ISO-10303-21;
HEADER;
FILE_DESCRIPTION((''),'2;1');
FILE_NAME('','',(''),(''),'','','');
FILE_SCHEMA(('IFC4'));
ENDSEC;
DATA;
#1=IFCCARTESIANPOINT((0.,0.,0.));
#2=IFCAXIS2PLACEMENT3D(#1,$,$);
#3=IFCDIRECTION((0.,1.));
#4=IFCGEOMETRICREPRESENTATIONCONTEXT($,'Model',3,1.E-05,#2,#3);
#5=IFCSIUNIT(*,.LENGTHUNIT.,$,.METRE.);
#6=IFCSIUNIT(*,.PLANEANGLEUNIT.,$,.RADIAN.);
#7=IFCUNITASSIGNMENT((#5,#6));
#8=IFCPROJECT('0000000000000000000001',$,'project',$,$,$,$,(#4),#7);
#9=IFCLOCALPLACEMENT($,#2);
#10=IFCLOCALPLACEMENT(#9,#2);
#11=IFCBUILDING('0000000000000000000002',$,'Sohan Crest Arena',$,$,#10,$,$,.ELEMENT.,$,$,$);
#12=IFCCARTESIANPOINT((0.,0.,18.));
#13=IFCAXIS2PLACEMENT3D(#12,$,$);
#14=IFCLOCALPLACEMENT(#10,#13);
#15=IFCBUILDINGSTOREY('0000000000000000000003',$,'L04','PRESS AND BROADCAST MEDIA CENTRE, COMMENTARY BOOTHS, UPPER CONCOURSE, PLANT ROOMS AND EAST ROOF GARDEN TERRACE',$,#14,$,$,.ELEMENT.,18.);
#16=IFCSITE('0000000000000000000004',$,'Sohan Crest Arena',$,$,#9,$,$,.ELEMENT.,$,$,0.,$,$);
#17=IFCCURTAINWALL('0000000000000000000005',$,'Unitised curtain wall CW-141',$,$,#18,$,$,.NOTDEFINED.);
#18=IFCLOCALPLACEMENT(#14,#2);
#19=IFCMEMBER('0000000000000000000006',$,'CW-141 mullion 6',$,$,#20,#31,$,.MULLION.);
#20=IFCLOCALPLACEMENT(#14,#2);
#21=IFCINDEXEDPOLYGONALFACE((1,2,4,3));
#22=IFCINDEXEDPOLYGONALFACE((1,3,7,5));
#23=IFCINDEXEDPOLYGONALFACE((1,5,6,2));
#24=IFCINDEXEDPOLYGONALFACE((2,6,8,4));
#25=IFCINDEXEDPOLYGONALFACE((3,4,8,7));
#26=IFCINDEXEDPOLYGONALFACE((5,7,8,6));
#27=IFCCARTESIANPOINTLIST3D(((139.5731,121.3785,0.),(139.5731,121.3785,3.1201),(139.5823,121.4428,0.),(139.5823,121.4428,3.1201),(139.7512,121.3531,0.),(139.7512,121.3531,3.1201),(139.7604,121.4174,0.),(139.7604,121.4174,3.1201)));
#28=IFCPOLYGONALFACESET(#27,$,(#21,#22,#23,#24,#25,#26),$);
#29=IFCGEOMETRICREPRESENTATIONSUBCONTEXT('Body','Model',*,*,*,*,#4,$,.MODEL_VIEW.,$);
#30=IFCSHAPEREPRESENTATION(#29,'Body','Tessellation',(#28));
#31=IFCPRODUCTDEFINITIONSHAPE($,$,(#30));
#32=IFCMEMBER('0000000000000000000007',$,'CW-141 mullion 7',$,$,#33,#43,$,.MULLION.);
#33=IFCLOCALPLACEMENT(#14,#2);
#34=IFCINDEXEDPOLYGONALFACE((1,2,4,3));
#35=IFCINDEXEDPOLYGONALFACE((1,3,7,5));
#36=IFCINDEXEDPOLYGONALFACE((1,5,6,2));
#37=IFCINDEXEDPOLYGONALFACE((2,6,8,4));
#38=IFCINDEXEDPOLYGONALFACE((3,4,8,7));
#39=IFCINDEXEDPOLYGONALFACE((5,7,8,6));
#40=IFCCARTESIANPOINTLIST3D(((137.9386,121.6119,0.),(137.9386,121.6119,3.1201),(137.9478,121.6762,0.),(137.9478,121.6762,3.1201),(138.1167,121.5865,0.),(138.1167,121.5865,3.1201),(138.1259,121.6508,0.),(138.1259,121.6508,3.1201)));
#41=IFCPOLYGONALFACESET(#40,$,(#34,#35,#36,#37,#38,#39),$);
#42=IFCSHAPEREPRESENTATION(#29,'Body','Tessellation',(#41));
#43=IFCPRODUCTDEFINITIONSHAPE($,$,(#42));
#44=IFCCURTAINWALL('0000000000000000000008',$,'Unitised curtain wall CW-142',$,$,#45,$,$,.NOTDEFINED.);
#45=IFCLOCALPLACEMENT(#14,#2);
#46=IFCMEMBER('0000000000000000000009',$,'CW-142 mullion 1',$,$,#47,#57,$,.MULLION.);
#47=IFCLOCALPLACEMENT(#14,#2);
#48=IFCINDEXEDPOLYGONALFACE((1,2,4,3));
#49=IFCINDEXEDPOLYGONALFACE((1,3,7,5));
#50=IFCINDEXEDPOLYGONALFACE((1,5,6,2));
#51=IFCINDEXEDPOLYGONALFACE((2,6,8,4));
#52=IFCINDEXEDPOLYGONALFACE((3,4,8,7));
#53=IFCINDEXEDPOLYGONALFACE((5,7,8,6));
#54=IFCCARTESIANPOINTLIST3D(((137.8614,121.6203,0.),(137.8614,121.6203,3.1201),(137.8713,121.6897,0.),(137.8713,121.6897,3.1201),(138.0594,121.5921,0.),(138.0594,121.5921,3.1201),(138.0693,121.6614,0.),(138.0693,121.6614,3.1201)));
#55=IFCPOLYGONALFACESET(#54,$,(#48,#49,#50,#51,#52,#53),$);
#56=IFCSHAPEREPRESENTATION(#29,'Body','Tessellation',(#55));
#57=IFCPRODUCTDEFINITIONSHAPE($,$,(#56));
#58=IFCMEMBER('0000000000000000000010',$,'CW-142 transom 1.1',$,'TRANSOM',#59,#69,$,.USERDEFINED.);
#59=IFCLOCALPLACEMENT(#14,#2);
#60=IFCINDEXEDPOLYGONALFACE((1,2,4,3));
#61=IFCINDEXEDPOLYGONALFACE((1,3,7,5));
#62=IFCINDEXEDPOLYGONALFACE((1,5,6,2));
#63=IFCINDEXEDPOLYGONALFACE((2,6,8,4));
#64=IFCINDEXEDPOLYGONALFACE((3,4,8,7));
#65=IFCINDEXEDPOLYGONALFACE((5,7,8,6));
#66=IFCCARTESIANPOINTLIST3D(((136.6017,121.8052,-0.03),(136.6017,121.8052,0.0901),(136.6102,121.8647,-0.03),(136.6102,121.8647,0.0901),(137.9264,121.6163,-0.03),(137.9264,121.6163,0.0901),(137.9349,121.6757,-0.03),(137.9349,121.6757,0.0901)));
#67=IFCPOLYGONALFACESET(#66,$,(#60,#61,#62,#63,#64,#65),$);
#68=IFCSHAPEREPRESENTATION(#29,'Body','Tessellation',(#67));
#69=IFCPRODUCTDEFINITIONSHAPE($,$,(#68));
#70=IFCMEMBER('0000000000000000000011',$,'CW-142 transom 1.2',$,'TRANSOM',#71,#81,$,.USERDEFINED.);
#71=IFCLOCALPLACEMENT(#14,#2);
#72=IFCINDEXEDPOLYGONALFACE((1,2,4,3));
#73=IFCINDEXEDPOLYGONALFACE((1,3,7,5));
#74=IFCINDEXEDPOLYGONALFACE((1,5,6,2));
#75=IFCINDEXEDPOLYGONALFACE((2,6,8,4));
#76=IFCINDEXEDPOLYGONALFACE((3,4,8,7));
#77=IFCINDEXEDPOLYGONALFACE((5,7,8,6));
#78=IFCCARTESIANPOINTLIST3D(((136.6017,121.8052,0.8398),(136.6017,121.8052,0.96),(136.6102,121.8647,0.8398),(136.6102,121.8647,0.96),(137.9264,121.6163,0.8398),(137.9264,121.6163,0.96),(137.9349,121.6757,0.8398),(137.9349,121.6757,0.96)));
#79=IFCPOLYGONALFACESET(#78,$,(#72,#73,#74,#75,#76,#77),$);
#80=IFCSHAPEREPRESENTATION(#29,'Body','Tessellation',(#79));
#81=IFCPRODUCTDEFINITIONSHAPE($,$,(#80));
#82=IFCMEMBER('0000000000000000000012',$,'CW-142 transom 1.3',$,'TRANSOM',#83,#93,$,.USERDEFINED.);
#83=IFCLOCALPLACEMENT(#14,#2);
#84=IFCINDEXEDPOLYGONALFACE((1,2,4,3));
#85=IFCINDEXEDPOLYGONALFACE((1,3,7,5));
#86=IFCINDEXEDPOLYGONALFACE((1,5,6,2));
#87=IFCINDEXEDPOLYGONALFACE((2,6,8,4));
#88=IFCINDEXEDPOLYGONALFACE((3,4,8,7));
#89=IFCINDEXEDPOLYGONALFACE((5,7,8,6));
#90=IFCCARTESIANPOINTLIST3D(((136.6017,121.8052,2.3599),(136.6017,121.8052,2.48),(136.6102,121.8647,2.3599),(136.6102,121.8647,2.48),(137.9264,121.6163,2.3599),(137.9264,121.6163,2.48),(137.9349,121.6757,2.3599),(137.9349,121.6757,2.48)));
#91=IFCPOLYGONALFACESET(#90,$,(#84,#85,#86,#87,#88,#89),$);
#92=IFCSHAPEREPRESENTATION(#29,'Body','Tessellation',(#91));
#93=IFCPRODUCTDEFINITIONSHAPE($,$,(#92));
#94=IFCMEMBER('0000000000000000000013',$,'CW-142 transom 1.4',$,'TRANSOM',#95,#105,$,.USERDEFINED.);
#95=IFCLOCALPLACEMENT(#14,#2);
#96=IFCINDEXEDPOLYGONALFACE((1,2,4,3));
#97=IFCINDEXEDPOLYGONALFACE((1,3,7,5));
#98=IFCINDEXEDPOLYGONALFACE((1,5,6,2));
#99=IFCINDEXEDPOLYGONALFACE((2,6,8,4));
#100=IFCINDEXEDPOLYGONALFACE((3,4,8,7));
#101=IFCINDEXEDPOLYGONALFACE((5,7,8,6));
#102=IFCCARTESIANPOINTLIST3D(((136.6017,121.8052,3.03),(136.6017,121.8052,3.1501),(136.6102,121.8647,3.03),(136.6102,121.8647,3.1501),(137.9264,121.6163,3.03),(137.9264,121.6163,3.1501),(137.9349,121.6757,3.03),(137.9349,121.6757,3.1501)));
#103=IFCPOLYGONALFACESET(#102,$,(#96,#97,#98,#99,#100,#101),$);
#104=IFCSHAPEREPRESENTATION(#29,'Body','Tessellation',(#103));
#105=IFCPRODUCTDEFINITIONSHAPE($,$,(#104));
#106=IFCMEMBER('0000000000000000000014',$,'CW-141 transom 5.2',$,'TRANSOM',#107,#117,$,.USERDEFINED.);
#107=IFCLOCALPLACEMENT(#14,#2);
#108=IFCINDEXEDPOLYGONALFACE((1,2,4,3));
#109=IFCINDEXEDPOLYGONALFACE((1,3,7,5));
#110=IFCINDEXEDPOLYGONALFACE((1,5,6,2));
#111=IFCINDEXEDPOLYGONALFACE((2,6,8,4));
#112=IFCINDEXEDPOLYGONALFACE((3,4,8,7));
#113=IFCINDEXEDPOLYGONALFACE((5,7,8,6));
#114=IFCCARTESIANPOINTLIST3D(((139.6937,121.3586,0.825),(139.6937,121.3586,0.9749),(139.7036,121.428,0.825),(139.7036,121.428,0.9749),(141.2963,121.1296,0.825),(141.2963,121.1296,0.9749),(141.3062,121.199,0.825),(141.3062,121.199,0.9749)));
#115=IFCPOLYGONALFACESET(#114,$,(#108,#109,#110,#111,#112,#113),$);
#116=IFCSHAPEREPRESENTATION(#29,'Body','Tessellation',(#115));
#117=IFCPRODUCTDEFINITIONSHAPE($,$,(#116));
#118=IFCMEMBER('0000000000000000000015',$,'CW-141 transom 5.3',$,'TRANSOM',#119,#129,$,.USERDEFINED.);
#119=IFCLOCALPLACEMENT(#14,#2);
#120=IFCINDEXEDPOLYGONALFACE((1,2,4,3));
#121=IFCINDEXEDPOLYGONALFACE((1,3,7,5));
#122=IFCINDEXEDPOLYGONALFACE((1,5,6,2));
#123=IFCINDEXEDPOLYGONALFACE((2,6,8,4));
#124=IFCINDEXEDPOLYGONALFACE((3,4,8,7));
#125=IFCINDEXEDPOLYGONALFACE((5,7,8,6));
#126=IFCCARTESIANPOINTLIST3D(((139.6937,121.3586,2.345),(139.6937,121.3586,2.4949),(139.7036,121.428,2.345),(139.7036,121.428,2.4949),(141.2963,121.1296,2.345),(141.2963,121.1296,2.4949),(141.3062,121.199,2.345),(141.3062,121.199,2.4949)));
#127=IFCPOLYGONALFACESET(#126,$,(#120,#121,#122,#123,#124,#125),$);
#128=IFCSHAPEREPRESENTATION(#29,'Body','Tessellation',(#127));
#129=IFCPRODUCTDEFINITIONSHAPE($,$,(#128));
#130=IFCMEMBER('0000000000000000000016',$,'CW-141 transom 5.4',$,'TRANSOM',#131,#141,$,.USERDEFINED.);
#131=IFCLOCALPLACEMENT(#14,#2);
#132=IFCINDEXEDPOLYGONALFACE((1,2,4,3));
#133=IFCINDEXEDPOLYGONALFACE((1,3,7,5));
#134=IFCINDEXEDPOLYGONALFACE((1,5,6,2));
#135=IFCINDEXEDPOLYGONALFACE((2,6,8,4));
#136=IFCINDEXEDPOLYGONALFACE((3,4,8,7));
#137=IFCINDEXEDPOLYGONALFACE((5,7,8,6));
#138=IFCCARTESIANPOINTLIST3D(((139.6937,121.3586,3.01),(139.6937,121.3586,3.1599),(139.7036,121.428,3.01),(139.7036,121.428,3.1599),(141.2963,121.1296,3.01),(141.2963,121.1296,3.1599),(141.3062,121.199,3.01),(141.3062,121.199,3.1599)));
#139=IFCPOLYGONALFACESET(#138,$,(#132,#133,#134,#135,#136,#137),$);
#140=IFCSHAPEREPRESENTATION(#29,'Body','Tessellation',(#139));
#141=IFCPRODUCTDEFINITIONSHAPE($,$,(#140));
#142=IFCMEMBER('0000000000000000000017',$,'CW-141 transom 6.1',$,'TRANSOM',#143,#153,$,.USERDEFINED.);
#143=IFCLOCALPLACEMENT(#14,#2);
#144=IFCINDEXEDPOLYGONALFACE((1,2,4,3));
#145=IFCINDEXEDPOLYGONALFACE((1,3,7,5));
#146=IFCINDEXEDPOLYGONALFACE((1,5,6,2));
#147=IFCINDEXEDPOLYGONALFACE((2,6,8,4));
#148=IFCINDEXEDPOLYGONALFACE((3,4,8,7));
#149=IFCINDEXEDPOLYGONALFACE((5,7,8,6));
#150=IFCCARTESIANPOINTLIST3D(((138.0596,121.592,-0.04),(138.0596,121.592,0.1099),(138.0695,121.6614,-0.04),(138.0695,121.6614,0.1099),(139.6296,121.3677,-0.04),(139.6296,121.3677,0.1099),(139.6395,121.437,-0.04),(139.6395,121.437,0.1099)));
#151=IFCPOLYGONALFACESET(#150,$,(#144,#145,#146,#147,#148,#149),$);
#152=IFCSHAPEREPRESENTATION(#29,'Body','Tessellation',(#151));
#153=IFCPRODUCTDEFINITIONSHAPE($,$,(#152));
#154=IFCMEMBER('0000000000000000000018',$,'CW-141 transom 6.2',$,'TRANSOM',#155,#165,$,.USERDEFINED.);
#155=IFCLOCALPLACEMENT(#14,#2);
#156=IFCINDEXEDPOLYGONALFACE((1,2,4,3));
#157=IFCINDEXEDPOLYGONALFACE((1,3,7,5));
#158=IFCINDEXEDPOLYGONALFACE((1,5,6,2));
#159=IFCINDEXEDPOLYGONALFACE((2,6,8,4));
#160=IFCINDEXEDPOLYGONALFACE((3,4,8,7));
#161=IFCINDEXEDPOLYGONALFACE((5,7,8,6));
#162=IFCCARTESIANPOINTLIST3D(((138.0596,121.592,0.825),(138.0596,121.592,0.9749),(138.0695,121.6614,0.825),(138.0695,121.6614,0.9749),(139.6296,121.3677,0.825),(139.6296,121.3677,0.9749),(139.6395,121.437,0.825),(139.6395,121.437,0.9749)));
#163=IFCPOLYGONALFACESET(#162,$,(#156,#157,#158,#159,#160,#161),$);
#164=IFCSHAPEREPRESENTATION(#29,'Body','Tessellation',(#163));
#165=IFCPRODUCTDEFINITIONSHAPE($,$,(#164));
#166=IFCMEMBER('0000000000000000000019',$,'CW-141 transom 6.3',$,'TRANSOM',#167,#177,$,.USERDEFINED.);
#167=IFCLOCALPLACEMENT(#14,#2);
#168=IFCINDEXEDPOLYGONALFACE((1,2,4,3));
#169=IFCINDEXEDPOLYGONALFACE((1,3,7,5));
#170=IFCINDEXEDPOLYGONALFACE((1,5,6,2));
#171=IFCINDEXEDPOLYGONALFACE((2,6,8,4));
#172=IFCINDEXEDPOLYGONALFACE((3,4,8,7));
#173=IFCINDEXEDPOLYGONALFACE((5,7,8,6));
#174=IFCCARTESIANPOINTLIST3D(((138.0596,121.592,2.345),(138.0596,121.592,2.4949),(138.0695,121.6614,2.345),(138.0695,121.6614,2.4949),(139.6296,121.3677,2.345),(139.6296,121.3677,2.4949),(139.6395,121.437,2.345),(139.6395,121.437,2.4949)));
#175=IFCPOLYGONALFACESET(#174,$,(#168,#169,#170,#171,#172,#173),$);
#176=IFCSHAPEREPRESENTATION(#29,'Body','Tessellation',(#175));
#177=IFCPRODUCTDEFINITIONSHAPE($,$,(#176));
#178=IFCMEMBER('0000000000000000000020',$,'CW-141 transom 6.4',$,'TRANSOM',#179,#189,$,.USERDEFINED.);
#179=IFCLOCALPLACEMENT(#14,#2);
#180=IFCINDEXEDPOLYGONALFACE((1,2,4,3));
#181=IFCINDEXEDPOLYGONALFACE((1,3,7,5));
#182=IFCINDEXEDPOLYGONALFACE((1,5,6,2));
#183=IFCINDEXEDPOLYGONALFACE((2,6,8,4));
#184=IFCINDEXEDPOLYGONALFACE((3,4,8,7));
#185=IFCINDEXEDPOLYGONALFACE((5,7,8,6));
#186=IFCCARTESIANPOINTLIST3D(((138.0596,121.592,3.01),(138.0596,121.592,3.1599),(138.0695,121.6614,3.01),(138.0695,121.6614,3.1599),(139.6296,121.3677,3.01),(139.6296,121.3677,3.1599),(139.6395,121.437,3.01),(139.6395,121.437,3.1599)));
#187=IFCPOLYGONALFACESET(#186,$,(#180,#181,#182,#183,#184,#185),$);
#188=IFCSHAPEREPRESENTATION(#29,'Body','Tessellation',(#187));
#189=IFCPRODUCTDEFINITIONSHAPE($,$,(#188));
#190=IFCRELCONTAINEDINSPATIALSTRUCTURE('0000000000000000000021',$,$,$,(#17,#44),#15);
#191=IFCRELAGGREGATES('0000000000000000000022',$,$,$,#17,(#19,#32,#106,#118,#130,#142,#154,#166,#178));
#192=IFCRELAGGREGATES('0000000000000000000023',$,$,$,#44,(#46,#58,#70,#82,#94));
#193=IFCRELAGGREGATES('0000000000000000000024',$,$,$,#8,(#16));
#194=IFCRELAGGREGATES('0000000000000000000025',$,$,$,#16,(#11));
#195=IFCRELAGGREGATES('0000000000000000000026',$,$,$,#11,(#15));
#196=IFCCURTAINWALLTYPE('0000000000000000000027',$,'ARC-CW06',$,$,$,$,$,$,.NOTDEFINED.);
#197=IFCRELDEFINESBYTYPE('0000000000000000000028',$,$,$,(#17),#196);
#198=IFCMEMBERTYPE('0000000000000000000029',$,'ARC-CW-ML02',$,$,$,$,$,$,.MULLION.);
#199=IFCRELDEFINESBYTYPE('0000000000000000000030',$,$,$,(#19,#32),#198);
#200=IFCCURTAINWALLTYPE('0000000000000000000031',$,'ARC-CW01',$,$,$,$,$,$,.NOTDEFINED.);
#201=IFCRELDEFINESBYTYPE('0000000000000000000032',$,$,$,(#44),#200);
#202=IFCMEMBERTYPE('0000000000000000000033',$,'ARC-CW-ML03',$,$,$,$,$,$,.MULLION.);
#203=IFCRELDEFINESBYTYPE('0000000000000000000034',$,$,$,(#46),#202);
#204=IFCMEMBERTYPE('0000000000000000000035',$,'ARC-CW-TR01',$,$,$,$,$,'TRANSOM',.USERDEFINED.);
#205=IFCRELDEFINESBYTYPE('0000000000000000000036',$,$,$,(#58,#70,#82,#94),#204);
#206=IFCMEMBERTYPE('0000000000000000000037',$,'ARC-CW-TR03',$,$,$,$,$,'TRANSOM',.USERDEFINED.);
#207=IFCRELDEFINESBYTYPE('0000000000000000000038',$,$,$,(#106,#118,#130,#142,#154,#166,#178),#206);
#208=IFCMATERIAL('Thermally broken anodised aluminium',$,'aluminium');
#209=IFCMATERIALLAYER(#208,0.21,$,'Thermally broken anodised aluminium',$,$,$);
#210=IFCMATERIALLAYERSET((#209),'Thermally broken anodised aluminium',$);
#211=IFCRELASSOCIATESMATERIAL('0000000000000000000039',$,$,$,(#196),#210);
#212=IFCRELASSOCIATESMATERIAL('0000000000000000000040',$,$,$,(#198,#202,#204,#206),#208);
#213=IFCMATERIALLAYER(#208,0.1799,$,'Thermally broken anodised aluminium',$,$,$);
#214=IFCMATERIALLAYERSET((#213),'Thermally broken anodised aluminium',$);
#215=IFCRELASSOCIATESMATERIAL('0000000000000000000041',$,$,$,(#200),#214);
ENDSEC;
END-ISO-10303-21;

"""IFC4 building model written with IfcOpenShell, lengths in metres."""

from ifc_helpers import new_model, si_unit, direction, frame, origin, origin_2d, place, context, subcontext, project, spatial, rectangle, extrude, material, layer, layer_set, material_profile, profile_set, type_object, element, aggregate, save


model = new_model("IFC4")

# Units and contexts
model_context = context("Model", 3, precision=1e-05, world=origin(), true_north=direction((0.0, 1.0)))
body_context = subcontext(model_context, "Body", "Model", "MODEL_VIEW")
ifc_project = project(units=[si_unit("LENGTHUNIT", "METRE"), si_unit("PLANEANGLEUNIT", "RADIAN")], contexts=[model_context])

# Site, building, storey
site_placement = place(None, origin())
site = spatial("IfcSite", under=ifc_project, at=site_placement, Name="Sohan Crest Arena", CompositionType="ELEMENT", RefElevation=0.0)
building_placement = place(site_placement, origin())
building = spatial("IfcBuilding", under=site, at=building_placement, Name="Sohan Crest Arena", CompositionType="ELEMENT")
storey_placement = place(building_placement, frame((0.0, 0.0, 18.0)))
storey = spatial("IfcBuildingStorey", under=building, at=storey_placement, Name="L04", Description="PRESS AND BROADCAST MEDIA CENTRE, COMMENTARY BOOTHS, UPPER CONCOURSE, PLANT ROOMS AND EAST ROOF GARDEN TERRACE", CompositionType="ELEMENT", Elevation=18.0)

# Curtain walls, members
ifc_material_1 = material(Name="Thermally broken anodised aluminium", Category="aluminium")
ifc_layer_1 = layer(ifc_material_1, 0.21, Name="Thermally broken anodised aluminium")
ifc_layer_set_1 = layer_set([ifc_layer_1], Name="Thermally broken anodised aluminium")
curtain_wall_type_1 = type_object("IfcCurtainWallType", Name="ARC-CW06", PredefinedType="NOTDEFINED", material=ifc_layer_set_1)
curtain_wall_1_placement = place(storey_placement, origin())
curtain_wall_1 = element("IfcCurtainWall", 1, at=curtain_wall_1_placement, inside=storey, type_object=curtain_wall_type_1, Name="Unitised curtain wall CW-141", PredefinedType="NOTDEFINED")
ifc_material_profile_1 = material_profile(ifc_material_1, rectangle(XDim=0.0649, YDim=0.1799, at=origin_2d()), Name="ALU-MULL 65x180")
ifc_profile_set_1 = profile_set([ifc_material_profile_1], Name="Thermally broken anodised aluminium")
member_type_1 = type_object("IfcMemberType", Name="ARC-CW-ML02", PredefinedType="MULLION", material=ifc_profile_set_1)
member_1_placement = place(storey_placement, frame((139.6667, 121.3979, 0.0), z_axis=(0.0, 0.0, 1.0), x_axis=(-0.141463, -0.989944, 0.0)))
member_1 = element("IfcMember", 2, at=member_1_placement, type_object=member_type_1, Name="CW-141 mullion 6", PredefinedType="MULLION", context=body_context, shape_type="SweptSolid", body=[
    extrude(rectangle(XDim=0.0649, YDim=0.1799, at=origin_2d()), origin(), (0.0, 0.0, 1.0), 3.1201),
])
member_2_placement = place(storey_placement, frame((138.0322, 121.6313, 0.0), z_axis=(0.0, 0.0, 1.0), x_axis=(-0.141463, -0.989944, 0.0)))
member_2 = element("IfcMember", 3, at=member_2_placement, type_object=member_type_1, Name="CW-141 mullion 7", PredefinedType="MULLION", context=body_context, shape_type="SweptSolid", body=[
    extrude(rectangle(XDim=0.0649, YDim=0.1799, at=origin_2d()), origin(), (0.0, 0.0, 1.0), 3.1201),
])
ifc_layer_2 = layer(ifc_material_1, 0.1799, Name="Thermally broken anodised aluminium")
ifc_layer_set_2 = layer_set([ifc_layer_2], Name="Thermally broken anodised aluminium")
curtain_wall_type_2 = type_object("IfcCurtainWallType", Name="ARC-CW01", PredefinedType="NOTDEFINED", material=ifc_layer_set_2)
curtain_wall_2_placement = place(storey_placement, origin())
curtain_wall_2 = element("IfcCurtainWall", 4, at=curtain_wall_2_placement, inside=storey, type_object=curtain_wall_type_2, Name="Unitised curtain wall CW-142", PredefinedType="NOTDEFINED")
ifc_material_profile_2 = material_profile(ifc_material_1, rectangle(XDim=0.0701, YDim=0.2, at=origin_2d()), Name="ALU-MULL 70x200")
ifc_profile_set_2 = profile_set([ifc_material_profile_2], Name="Thermally broken anodised aluminium")
member_type_2 = type_object("IfcMemberType", Name="ARC-CW-ML03", PredefinedType="MULLION", material=ifc_profile_set_2)
member_3_placement = place(storey_placement, frame((137.9653, 121.6409, 0.0), z_axis=(0.0, 0.0, 1.0), x_axis=(-0.141366, -0.989957, 0.0)))
member_3 = element("IfcMember", 5, at=member_3_placement, type_object=member_type_2, Name="CW-142 mullion 1", PredefinedType="MULLION", context=body_context, shape_type="SweptSolid", body=[
    extrude(rectangle(XDim=0.0701, YDim=0.2, at=origin_2d()), origin(), (0.0, 0.0, 1.0), 3.1201),
])
ifc_material_profile_3 = material_profile(ifc_material_1, rectangle(XDim=0.0601, YDim=0.1201, at=origin_2d()), Name="ALU-TRAN 60x120")
ifc_profile_set_3 = profile_set([ifc_material_profile_3], Name="Thermally broken anodised aluminium")
member_type_3 = type_object("IfcMemberType", Name="ARC-CW-TR01", ElementType="TRANSOM", PredefinedType="USERDEFINED", material=ifc_profile_set_3)
member_4_placement = place(storey_placement, frame((137.9307, 121.646, 0.03), z_axis=(-0.989979, 0.141217, 0.0), x_axis=(-0.141217, -0.989979, 0.0)))
member_4 = element("IfcMember", 6, at=member_4_placement, type_object=member_type_3, Name="CW-142 transom 1.1", ObjectType="TRANSOM", PredefinedType="USERDEFINED", context=body_context, shape_type="SweptSolid", body=[
    extrude(rectangle(XDim=0.0601, YDim=0.1201, at=origin_2d()), origin(), (0.0, 0.0, 1.0), 1.3381),
])
member_5_placement = place(storey_placement, frame((137.9307, 121.646, 0.8999), z_axis=(-0.989979, 0.141217, 0.0), x_axis=(-0.141217, -0.989979, 0.0)))
member_5 = element("IfcMember", 7, at=member_5_placement, type_object=member_type_3, Name="CW-142 transom 1.2", ObjectType="TRANSOM", PredefinedType="USERDEFINED", context=body_context, shape_type="SweptSolid", body=[
    extrude(rectangle(XDim=0.0601, YDim=0.1201, at=origin_2d()), origin(), (0.0, 0.0, 1.0), 1.3381),
])
member_6_placement = place(storey_placement, frame((137.9307, 121.646, 2.4199), z_axis=(-0.989979, 0.141217, 0.0), x_axis=(-0.141217, -0.989979, 0.0)))
member_6 = element("IfcMember", 8, at=member_6_placement, type_object=member_type_3, Name="CW-142 transom 1.3", ObjectType="TRANSOM", PredefinedType="USERDEFINED", context=body_context, shape_type="SweptSolid", body=[
    extrude(rectangle(XDim=0.0601, YDim=0.1201, at=origin_2d()), origin(), (0.0, 0.0, 1.0), 1.3381),
])
member_7_placement = place(storey_placement, frame((137.9307, 121.646, 3.0901), z_axis=(-0.989979, 0.141217, 0.0), x_axis=(-0.141217, -0.989979, 0.0)))
member_7 = element("IfcMember", 9, at=member_7_placement, type_object=member_type_3, Name="CW-142 transom 1.4", ObjectType="TRANSOM", PredefinedType="USERDEFINED", context=body_context, shape_type="SweptSolid", body=[
    extrude(rectangle(XDim=0.0601, YDim=0.1201, at=origin_2d()), origin(), (0.0, 0.0, 1.0), 1.3381),
])

# Members
ifc_material_profile_4 = material_profile(ifc_material_1, rectangle(XDim=0.0701, YDim=0.1499, at=origin_2d()), Name="ALU-TRAN 70x150")
ifc_profile_set_4 = profile_set([ifc_material_profile_4], Name="Thermally broken anodised aluminium")
member_type_4 = type_object("IfcMemberType", Name="ARC-CW-TR03", ElementType="TRANSOM", PredefinedType="USERDEFINED", material=ifc_profile_set_4)
member_8_placement = place(storey_placement, frame((141.3013, 121.1643, 0.8999), z_axis=(-0.989943, 0.141464, 0.0), x_axis=(-0.141464, -0.989943, 0.0)))
member_8 = element("IfcMember", 10, at=member_8_placement, type_object=member_type_4, Name="CW-141 transom 5.2", ObjectType="TRANSOM", PredefinedType="USERDEFINED", context=body_context, shape_type="SweptSolid", body=[
    extrude(rectangle(XDim=0.0701, YDim=0.1499, at=origin_2d()), origin(), (0.0, 0.0, 1.0), 1.6189),
])
member_9_placement = place(storey_placement, frame((141.3013, 121.1643, 2.4199), z_axis=(-0.989943, 0.141464, 0.0), x_axis=(-0.141464, -0.989943, 0.0)))
member_9 = element("IfcMember", 11, at=member_9_placement, type_object=member_type_4, Name="CW-141 transom 5.3", ObjectType="TRANSOM", PredefinedType="USERDEFINED", context=body_context, shape_type="SweptSolid", body=[
    extrude(rectangle(XDim=0.0701, YDim=0.1499, at=origin_2d()), origin(), (0.0, 0.0, 1.0), 1.6189),
])
member_10_placement = place(storey_placement, frame((141.3013, 121.1643, 3.085), z_axis=(-0.989943, 0.141464, 0.0), x_axis=(-0.141464, -0.989943, 0.0)))
member_10 = element("IfcMember", 12, at=member_10_placement, type_object=member_type_4, Name="CW-141 transom 5.4", ObjectType="TRANSOM", PredefinedType="USERDEFINED", context=body_context, shape_type="SweptSolid", body=[
    extrude(rectangle(XDim=0.0701, YDim=0.1499, at=origin_2d()), origin(), (0.0, 0.0, 1.0), 1.6189),
])
member_11_placement = place(storey_placement, frame((139.6345, 121.4023, 0.0349), z_axis=(-0.989943, 0.141464, 0.0), x_axis=(-0.141464, -0.989943, 0.0)))
member_11 = element("IfcMember", 13, at=member_11_placement, type_object=member_type_4, Name="CW-141 transom 6.1", ObjectType="TRANSOM", PredefinedType="USERDEFINED", context=body_context, shape_type="SweptSolid", body=[
    extrude(rectangle(XDim=0.0701, YDim=0.1499, at=origin_2d()), origin(), (0.0, 0.0, 1.0), 1.5859),
])
member_12_placement = place(storey_placement, frame((139.6345, 121.4023, 0.8999), z_axis=(-0.989943, 0.141464, 0.0), x_axis=(-0.141464, -0.989943, 0.0)))
member_12 = element("IfcMember", 14, at=member_12_placement, type_object=member_type_4, Name="CW-141 transom 6.2", ObjectType="TRANSOM", PredefinedType="USERDEFINED", context=body_context, shape_type="SweptSolid", body=[
    extrude(rectangle(XDim=0.0701, YDim=0.1499, at=origin_2d()), origin(), (0.0, 0.0, 1.0), 1.5859),
])
member_13_placement = place(storey_placement, frame((139.6345, 121.4023, 2.4199), z_axis=(-0.989943, 0.141464, 0.0), x_axis=(-0.141464, -0.989943, 0.0)))
member_13 = element("IfcMember", 15, at=member_13_placement, type_object=member_type_4, Name="CW-141 transom 6.3", ObjectType="TRANSOM", PredefinedType="USERDEFINED", context=body_context, shape_type="SweptSolid", body=[
    extrude(rectangle(XDim=0.0701, YDim=0.1499, at=origin_2d()), origin(), (0.0, 0.0, 1.0), 1.5859),
])
member_14_placement = place(storey_placement, frame((139.6345, 121.4023, 3.085), z_axis=(-0.989943, 0.141464, 0.0), x_axis=(-0.141464, -0.989943, 0.0)))
member_14 = element("IfcMember", 16, at=member_14_placement, type_object=member_type_4, Name="CW-141 transom 6.4", ObjectType="TRANSOM", PredefinedType="USERDEFINED", context=body_context, shape_type="SweptSolid", body=[
    extrude(rectangle(XDim=0.0701, YDim=0.1499, at=origin_2d()), origin(), (0.0, 0.0, 1.0), 1.5859),
])

aggregate(curtain_wall_1, [member_1, member_2, member_8, member_9, member_10, member_11, member_12, member_13, member_14])
aggregate(curtain_wall_2, [member_3, member_4, member_5, member_6, member_7])

save(model, "model.ifc")
